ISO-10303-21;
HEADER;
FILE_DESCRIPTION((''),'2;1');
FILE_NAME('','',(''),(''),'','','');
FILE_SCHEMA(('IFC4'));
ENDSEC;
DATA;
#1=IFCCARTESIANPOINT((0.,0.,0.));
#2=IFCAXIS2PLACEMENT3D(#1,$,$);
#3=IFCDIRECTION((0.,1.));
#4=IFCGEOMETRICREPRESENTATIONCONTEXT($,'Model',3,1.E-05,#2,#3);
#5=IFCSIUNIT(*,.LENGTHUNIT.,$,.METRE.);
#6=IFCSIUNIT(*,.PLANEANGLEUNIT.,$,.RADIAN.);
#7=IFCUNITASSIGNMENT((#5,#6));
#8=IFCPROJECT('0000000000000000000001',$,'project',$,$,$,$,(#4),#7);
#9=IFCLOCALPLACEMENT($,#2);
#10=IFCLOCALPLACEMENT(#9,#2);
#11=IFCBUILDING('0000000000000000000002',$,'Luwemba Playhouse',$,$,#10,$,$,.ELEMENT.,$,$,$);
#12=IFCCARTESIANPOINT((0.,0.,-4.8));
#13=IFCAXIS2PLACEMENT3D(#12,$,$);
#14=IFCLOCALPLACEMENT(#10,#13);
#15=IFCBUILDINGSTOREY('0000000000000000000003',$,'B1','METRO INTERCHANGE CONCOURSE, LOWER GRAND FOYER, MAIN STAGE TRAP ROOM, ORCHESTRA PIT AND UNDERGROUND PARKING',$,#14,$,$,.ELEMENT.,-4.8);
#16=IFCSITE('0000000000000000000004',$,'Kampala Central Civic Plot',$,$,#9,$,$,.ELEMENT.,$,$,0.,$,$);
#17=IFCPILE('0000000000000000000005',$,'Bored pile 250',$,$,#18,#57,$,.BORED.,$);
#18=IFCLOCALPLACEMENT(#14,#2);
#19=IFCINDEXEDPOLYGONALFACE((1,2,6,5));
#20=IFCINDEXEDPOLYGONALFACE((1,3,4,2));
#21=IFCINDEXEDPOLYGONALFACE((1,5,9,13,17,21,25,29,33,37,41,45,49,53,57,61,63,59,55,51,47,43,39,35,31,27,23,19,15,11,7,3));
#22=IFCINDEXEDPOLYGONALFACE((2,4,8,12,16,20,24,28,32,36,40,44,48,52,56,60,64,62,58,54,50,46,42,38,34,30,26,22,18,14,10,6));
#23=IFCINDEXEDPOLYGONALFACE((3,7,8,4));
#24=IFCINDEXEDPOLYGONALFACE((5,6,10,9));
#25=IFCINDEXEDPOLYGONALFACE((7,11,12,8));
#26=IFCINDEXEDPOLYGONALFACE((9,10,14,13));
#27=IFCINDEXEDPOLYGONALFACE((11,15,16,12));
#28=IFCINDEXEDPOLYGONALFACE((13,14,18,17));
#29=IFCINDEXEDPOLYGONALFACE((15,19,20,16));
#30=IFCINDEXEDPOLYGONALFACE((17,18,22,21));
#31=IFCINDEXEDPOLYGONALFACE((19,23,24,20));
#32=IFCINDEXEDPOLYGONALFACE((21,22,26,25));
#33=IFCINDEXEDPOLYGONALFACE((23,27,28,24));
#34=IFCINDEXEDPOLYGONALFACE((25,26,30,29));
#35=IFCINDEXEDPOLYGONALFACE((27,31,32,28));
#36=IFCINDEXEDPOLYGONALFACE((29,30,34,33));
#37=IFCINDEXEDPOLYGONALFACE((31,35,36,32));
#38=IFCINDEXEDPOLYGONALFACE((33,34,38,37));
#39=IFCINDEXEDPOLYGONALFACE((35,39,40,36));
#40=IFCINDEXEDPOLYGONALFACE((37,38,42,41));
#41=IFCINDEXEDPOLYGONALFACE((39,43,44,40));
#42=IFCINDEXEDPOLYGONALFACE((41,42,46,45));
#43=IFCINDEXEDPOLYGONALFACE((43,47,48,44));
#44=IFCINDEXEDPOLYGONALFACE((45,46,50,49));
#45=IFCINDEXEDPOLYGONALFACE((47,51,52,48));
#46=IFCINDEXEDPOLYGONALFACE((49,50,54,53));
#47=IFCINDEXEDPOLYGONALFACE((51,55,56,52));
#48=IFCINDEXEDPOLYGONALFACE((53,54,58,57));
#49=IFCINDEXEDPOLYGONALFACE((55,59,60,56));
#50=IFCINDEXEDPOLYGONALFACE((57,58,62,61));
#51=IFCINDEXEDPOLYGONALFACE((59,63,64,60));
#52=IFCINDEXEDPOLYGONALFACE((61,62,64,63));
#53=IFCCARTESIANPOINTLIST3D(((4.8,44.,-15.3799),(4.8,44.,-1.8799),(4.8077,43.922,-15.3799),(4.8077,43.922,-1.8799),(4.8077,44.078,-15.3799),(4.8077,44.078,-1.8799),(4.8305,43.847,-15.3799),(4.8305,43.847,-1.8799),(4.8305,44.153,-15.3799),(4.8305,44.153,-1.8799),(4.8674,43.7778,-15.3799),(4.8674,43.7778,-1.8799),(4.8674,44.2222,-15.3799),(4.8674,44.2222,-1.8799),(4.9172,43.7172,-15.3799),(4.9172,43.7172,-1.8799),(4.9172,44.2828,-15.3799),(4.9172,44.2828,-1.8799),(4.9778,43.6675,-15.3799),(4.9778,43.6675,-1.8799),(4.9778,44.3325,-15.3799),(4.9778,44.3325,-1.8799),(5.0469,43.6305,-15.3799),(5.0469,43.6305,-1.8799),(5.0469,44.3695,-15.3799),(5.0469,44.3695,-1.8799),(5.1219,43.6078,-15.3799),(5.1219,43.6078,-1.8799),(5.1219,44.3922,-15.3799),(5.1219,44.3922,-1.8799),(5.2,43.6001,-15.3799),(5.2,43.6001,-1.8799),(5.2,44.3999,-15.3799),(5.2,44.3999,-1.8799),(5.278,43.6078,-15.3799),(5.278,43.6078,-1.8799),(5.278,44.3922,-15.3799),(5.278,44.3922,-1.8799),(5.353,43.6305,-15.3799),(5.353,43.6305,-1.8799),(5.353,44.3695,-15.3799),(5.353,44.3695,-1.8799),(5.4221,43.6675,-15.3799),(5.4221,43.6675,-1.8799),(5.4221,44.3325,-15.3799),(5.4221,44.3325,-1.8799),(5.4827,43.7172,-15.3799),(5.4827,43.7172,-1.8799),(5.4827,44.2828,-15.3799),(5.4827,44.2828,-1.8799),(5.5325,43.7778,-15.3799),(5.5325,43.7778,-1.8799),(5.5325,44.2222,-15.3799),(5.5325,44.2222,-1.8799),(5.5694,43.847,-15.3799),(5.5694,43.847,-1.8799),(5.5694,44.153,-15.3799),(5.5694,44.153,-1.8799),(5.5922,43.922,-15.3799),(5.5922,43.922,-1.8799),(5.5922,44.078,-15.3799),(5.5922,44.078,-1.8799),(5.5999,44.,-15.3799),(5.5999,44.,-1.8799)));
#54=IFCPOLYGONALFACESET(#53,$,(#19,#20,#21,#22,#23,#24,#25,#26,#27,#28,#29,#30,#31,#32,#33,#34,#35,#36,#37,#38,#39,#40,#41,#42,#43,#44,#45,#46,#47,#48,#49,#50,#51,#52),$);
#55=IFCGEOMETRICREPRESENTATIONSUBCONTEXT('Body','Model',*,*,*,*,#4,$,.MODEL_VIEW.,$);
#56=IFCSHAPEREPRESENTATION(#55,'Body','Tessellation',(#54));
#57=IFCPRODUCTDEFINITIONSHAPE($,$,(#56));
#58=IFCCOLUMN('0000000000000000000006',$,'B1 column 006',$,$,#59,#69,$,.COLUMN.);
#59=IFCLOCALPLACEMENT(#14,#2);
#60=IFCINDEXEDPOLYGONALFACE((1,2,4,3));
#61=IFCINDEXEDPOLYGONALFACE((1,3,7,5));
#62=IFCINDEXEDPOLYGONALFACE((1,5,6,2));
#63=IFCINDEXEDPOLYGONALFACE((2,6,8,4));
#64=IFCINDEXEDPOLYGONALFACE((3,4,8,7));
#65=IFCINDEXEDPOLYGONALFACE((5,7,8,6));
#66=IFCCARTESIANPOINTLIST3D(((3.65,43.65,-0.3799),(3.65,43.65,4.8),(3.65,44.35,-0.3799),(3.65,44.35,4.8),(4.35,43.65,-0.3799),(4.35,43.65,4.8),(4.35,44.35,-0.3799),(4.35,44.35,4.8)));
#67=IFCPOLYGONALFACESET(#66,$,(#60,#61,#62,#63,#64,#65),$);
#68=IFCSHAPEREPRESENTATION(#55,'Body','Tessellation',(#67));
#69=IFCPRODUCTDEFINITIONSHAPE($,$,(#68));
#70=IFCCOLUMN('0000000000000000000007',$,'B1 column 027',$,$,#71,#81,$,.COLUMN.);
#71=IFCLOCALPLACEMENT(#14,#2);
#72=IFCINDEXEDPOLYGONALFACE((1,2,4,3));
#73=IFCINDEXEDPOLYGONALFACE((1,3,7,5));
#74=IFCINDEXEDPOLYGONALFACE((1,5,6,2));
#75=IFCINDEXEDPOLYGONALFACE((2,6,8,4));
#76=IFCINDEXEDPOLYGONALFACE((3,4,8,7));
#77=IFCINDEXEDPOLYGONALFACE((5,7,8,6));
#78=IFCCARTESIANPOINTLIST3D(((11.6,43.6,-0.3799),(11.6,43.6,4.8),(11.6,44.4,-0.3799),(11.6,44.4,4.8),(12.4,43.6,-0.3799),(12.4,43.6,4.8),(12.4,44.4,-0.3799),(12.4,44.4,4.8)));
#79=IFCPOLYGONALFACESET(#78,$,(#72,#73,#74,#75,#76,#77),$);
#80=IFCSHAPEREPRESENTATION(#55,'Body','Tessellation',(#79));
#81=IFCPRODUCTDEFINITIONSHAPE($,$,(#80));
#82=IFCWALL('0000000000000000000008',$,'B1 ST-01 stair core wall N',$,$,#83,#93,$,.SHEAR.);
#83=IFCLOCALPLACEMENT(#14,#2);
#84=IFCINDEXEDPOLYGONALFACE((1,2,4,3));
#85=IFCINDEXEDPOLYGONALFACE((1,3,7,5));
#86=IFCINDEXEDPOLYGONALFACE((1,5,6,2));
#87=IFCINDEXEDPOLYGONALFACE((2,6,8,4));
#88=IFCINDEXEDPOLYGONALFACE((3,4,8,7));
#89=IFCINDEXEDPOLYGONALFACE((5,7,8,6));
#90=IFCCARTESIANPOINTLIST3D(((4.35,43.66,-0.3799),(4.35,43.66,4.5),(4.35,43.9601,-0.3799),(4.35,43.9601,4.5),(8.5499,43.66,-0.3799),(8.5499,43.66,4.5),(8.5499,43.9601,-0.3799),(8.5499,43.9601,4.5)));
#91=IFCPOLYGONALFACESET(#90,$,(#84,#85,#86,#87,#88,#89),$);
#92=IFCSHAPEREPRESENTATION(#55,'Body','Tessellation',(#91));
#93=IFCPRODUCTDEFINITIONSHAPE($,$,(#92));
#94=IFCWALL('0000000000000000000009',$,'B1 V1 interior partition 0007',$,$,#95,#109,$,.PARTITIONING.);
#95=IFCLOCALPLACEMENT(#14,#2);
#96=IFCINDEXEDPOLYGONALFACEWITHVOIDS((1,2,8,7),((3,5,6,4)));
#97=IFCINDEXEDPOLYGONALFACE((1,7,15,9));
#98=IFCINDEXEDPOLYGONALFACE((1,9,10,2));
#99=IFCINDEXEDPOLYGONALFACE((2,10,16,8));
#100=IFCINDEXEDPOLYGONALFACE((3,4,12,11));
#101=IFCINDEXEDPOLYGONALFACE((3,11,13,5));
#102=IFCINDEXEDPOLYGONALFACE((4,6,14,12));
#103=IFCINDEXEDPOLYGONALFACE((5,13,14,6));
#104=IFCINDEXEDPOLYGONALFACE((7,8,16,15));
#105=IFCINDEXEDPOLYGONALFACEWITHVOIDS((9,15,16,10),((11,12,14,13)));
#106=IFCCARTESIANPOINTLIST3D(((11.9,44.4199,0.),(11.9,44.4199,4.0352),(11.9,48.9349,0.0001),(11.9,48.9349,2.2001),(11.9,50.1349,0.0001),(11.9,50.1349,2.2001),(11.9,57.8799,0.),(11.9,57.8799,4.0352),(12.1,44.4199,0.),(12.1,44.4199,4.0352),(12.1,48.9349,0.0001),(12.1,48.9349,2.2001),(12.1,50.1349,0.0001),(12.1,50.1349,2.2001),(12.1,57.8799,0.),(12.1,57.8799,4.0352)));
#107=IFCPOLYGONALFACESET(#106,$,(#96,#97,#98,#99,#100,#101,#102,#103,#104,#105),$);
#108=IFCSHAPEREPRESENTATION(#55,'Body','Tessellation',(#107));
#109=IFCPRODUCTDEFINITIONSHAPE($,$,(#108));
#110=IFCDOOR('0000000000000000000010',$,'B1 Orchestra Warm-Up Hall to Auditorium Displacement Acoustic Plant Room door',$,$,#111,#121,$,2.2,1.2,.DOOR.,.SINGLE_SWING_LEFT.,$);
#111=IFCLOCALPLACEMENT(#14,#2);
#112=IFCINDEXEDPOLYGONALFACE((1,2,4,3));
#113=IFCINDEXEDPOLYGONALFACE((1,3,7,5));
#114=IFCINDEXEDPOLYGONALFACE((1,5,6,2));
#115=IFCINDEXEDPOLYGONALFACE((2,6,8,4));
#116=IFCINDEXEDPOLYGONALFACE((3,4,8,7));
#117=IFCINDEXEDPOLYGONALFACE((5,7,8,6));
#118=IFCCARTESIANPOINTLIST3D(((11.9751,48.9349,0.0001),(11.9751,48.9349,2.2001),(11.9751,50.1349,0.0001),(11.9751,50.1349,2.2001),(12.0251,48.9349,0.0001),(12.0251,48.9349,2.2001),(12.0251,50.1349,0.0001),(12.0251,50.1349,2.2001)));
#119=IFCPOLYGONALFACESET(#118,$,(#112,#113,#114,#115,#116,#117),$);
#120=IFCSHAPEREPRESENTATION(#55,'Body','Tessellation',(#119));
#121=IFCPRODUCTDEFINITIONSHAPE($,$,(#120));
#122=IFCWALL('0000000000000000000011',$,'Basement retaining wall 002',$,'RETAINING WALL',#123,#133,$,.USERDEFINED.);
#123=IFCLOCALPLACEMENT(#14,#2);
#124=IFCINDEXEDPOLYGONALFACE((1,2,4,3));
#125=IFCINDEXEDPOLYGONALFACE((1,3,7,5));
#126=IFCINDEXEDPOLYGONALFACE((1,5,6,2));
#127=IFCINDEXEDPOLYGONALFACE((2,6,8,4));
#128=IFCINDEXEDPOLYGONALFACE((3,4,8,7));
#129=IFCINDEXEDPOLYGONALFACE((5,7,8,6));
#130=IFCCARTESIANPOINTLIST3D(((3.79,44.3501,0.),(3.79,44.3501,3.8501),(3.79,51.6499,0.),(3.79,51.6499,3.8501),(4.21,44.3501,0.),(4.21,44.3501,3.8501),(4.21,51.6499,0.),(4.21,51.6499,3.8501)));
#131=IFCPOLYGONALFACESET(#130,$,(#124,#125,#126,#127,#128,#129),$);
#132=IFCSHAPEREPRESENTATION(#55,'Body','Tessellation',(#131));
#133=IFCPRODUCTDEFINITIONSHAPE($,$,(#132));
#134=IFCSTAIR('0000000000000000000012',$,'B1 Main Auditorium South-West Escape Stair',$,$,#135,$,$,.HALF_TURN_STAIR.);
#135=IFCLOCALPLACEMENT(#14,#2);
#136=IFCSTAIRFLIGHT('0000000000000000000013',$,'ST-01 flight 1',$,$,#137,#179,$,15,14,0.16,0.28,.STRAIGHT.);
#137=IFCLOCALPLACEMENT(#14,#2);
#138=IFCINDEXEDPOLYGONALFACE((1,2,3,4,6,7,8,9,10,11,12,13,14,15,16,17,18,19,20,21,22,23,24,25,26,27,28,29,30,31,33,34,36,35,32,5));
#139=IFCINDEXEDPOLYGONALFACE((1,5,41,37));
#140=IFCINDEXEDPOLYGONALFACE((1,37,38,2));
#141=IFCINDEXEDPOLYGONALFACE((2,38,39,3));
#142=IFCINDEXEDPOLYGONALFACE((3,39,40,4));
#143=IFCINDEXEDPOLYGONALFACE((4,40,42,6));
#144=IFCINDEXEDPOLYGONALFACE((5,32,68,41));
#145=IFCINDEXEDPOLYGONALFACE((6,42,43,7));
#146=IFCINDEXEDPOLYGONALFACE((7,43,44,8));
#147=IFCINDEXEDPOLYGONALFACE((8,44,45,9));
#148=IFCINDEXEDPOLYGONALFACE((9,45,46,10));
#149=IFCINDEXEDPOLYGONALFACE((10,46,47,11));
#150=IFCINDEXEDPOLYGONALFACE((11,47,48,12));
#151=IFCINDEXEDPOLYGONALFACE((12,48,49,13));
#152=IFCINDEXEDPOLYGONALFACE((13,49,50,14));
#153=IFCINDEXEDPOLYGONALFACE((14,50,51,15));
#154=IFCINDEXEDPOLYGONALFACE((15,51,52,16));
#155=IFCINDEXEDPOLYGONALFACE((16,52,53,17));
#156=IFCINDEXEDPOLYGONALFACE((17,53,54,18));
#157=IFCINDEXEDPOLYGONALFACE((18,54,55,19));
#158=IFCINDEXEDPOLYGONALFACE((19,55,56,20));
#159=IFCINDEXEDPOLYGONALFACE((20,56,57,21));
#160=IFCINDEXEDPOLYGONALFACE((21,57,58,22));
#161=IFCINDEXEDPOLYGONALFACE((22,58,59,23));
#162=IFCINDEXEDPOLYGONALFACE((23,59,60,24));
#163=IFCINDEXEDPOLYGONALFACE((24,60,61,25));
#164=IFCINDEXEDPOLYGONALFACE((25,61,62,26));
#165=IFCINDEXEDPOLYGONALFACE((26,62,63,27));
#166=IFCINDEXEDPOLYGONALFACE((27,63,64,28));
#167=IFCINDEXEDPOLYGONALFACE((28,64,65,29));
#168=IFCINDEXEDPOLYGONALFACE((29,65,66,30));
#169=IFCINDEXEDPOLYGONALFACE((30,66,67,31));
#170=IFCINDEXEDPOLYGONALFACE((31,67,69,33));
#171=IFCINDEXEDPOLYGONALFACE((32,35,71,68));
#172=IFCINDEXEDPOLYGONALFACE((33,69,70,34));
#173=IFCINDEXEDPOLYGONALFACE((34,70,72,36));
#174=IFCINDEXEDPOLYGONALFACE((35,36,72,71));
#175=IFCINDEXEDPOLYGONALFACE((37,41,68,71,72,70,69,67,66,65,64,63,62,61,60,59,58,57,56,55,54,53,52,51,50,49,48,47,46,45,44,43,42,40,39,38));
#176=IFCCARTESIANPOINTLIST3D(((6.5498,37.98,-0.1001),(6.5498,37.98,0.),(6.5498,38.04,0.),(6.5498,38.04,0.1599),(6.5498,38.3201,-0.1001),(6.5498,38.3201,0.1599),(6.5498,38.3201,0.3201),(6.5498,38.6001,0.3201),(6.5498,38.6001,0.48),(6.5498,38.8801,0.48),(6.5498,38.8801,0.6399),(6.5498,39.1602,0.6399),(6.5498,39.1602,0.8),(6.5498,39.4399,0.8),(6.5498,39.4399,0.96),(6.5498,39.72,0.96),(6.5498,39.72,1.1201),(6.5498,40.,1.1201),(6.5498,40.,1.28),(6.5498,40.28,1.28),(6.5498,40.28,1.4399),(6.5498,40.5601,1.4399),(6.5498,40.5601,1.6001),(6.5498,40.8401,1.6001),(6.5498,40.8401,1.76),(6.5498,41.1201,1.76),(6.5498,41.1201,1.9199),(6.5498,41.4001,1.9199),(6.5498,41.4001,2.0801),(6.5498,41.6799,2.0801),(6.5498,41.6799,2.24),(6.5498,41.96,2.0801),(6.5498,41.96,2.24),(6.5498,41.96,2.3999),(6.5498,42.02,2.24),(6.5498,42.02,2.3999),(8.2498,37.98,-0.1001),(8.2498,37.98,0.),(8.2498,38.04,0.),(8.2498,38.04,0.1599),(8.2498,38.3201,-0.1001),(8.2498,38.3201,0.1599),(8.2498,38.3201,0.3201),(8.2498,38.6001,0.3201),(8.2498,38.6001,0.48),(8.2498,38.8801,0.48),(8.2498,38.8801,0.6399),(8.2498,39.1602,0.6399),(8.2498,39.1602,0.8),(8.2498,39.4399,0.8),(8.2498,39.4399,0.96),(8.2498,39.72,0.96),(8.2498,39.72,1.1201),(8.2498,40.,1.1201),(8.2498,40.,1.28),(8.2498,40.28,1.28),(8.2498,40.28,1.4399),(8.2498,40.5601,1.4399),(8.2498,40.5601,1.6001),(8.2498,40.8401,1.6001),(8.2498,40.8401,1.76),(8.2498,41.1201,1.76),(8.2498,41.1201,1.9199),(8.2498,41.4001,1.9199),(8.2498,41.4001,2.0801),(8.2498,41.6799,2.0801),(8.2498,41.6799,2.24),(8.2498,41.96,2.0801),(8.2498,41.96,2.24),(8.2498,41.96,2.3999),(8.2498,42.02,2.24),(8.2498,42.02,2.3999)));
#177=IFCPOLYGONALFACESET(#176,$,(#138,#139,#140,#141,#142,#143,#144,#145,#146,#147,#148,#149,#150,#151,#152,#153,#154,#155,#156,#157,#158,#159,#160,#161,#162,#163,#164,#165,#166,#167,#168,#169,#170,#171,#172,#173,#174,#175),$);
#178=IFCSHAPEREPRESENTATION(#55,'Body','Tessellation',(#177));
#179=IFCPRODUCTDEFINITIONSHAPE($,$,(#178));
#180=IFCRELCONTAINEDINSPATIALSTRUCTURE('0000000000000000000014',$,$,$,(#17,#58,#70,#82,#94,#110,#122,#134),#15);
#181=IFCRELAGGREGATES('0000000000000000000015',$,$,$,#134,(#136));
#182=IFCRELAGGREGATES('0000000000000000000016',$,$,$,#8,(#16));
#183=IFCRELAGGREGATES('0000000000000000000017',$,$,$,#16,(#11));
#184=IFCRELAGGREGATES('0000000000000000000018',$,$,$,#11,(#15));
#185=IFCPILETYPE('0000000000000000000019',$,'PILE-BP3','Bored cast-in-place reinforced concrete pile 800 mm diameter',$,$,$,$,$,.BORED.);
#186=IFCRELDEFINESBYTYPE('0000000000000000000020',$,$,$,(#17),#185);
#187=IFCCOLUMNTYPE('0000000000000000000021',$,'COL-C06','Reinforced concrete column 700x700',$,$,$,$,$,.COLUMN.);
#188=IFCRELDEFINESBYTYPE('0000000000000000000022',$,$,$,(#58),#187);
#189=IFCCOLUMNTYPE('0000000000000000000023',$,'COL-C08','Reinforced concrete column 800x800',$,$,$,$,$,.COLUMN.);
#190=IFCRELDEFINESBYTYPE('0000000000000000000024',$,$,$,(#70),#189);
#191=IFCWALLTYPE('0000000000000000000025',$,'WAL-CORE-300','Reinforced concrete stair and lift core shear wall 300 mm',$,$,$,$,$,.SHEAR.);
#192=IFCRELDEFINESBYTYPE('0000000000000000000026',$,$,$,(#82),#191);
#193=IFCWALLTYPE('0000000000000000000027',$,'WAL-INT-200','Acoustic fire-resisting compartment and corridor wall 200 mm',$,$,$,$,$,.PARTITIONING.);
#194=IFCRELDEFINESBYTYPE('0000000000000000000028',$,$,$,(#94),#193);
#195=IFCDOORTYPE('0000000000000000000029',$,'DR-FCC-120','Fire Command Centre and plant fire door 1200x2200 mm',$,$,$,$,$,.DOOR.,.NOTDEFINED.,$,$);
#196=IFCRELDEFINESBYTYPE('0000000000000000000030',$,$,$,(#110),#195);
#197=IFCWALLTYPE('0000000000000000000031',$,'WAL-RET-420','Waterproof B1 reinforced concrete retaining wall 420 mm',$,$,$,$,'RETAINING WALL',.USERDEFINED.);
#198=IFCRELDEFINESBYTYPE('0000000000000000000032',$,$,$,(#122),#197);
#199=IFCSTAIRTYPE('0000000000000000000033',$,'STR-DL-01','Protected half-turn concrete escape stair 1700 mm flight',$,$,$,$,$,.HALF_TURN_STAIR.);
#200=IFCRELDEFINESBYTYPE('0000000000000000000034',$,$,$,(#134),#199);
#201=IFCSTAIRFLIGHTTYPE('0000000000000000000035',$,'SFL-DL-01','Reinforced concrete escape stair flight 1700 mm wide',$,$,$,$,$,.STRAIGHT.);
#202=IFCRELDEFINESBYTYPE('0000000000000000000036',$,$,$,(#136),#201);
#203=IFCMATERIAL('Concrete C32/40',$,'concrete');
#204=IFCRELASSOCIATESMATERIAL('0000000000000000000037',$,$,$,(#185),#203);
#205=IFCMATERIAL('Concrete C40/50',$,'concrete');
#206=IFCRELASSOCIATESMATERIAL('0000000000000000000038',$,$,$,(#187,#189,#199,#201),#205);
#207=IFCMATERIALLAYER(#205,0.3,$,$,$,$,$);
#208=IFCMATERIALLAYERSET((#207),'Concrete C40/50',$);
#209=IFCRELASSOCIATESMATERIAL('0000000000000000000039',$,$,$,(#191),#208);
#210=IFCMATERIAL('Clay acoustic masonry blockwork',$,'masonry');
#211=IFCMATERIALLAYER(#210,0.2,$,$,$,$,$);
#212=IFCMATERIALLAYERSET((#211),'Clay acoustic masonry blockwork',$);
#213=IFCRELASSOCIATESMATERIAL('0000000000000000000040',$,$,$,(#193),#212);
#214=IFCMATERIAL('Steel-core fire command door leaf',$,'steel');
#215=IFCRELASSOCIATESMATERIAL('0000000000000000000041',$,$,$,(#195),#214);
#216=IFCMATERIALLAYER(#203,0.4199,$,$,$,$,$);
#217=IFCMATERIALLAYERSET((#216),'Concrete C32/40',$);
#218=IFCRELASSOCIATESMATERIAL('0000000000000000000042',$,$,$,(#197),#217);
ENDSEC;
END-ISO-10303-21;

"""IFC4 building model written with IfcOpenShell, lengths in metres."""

from ifc_helpers import new_model, si_unit, direction, frame, frame_2d, origin, origin_2d, place, context, subcontext, project, spatial, polyline, rectangle, circle, outline, extrude, material, layer, layer_set, material_profile, profile_set, type_object, element, fill, aggregate, save


model = new_model("IFC4")

# Units and contexts
model_context = context("Model", 3, precision=1e-05, world=origin(), true_north=direction((0.0, 1.0)))
body_context = subcontext(model_context, "Body", "Model", "MODEL_VIEW")
ifc_project = project(units=[si_unit("LENGTHUNIT", "METRE"), si_unit("PLANEANGLEUNIT", "RADIAN")], contexts=[model_context])

# Site, building, storey
site_placement = place(None, origin())
site = spatial("IfcSite", under=ifc_project, at=site_placement, Name="Kampala Central Civic Plot", CompositionType="ELEMENT", RefElevation=0.0)
building_placement = place(site_placement, origin())
building = spatial("IfcBuilding", under=site, at=building_placement, Name="Luwemba Playhouse", CompositionType="ELEMENT")
storey_placement = place(building_placement, frame((0.0, 0.0, -4.8)))
storey = spatial("IfcBuildingStorey", under=building, at=storey_placement, Name="B1", Description="METRO INTERCHANGE CONCOURSE, LOWER GRAND FOYER, MAIN STAGE TRAP ROOM, ORCHESTRA PIT AND UNDERGROUND PARKING", CompositionType="ELEMENT", Elevation=-4.8)

# Shared definitions
ifc_material_1 = material(Name="Concrete C32/40", Category="concrete")

# Pile
ifc_material_profile_1 = material_profile(ifc_material_1, circle(Radius=0.3999, at=origin_2d()))
ifc_profile_set_1 = profile_set([ifc_material_profile_1], Name="Concrete C32/40")
pile_type_1 = type_object("IfcPileType", Name="PILE-BP3", Description="Bored cast-in-place reinforced concrete pile 800 mm diameter", PredefinedType="BORED", material=ifc_profile_set_1)
for number, where, z_axis, x_axis, name in (
    (1, (5.2, 44.0, -1.8799), (0.0, 0.0, -1.0), (1.0, 0.0, 0.0), "Bored pile 250"),
):
    element("IfcPile", number, at=place(storey_placement, frame(where, z_axis=z_axis, x_axis=x_axis)), inside=storey, type_object=pile_type_1, Name=name, PredefinedType="BORED", context=body_context, shape_type="SweptSolid", body=[
        extrude(circle(Radius=0.3999, at=origin_2d()), origin(), (0.0, 0.0, 1.0), 13.5),
    ])

# Columns
ifc_material_2 = material(Name="Concrete C40/50", Category="concrete")
ifc_material_profile_2 = material_profile(ifc_material_2, rectangle(XDim=0.7, YDim=0.7, at=origin_2d()))
ifc_profile_set_2 = profile_set([ifc_material_profile_2], Name="Concrete C40/50")
column_type_1 = type_object("IfcColumnType", Name="COL-C06", Description="Reinforced concrete column 700x700", PredefinedType="COLUMN", material=ifc_profile_set_2)
column_1_placement = place(storey_placement, frame((4.0, 44.0, -0.3799), z_axis=(0.0, 0.0, 1.0), x_axis=(1.0, 0.0, 0.0)))
element("IfcColumn", 2, at=column_1_placement, inside=storey, type_object=column_type_1, Name="B1 column 006", PredefinedType="COLUMN", context=body_context, shape_type="SweptSolid", body=[
    extrude(rectangle(XDim=0.7, YDim=0.7, at=origin_2d()), origin(), (0.0, 0.0, 1.0), 5.1799),
])
ifc_material_profile_3 = material_profile(ifc_material_2, rectangle(XDim=0.8, YDim=0.8, at=origin_2d()))
ifc_profile_set_3 = profile_set([ifc_material_profile_3], Name="Concrete C40/50")
column_type_2 = type_object("IfcColumnType", Name="COL-C08", Description="Reinforced concrete column 800x800", PredefinedType="COLUMN", material=ifc_profile_set_3)
column_2_placement = place(storey_placement, frame((12.0, 44.0, -0.3799), z_axis=(0.0, 0.0, 1.0), x_axis=(1.0, 0.0, 0.0)))
element("IfcColumn", 3, at=column_2_placement, inside=storey, type_object=column_type_2, Name="B1 column 027", PredefinedType="COLUMN", context=body_context, shape_type="SweptSolid", body=[
    extrude(rectangle(XDim=0.8, YDim=0.8, at=origin_2d()), origin(), (0.0, 0.0, 1.0), 5.1799),
])

# Wall
ifc_layer_1 = layer(ifc_material_2, 0.3)
ifc_layer_set_1 = layer_set([ifc_layer_1], Name="Concrete C40/50")
wall_type_1 = type_object("IfcWallType", Name="WAL-CORE-300", Description="Reinforced concrete stair and lift core shear wall 300 mm", PredefinedType="SHEAR", material=ifc_layer_set_1)
wall_1_placement = place(storey_placement, frame((8.55, 43.8101, -0.3799), z_axis=(0.0, 0.0, 1.0), x_axis=(-1.0, 0.0, 0.0)))
element("IfcWall", 4, at=wall_1_placement, inside=storey, type_object=wall_type_1, Name="B1 ST-01 stair core wall N", PredefinedType="SHEAR", context=body_context, shape_type="SweptSolid", body=[
    extrude(rectangle(XDim=4.2, YDim=0.3, at=frame_2d((2.1001, 0.0))), origin(), (0.0, 0.0, 1.0), 4.8799),
])

# Wall, opening, door
ifc_material_3 = material(Name="Clay acoustic masonry blockwork", Category="masonry")
ifc_layer_2 = layer(ifc_material_3, 0.2)
ifc_layer_set_2 = layer_set([ifc_layer_2], Name="Clay acoustic masonry blockwork")
wall_type_2 = type_object("IfcWallType", Name="WAL-INT-200", Description="Acoustic fire-resisting compartment and corridor wall 200 mm", PredefinedType="PARTITIONING", material=ifc_layer_set_2)
wall_2_placement = place(storey_placement, frame((12.0, 44.4199, 0.0), z_axis=(0.0, 0.0, 1.0), x_axis=(0.0, 1.0, 0.0)))
wall_2 = element("IfcWall", 5, at=wall_2_placement, inside=storey, type_object=wall_type_2, Name="B1 V1 interior partition 0007", PredefinedType="PARTITIONING", context=body_context, shape_type="SweptSolid", body=[
    extrude(rectangle(XDim=13.46, YDim=0.2, at=frame_2d((6.73, 0.0))), origin(), (0.0, 0.0, 1.0), 4.0352),
])
opening_placement = place(wall_2_placement, frame((4.5149, 0.0, 0.0)))
opening = element("IfcOpeningElement", 6, at=opening_placement, cuts=wall_2, PredefinedType="OPENING", context=body_context, shape_type="SweptSolid", body=[
    extrude(rectangle(XDim=1.2, YDim=2.2, at=frame_2d((0.6001, 1.1001))), frame((0.0, 0.1099, 0.0), z_axis=(0.0, -1.0, 0.0), x_axis=(1.0, 0.0, 0.0)), (0.0, 0.0, 1.0), 0.22),
])
ifc_material_4 = material(Name="Steel-core fire command door leaf", Category="steel")
door_type = type_object("IfcDoorType", Name="DR-FCC-120", Description="Fire Command Centre and plant fire door 1200x2200 mm", OperationType="NOTDEFINED", PredefinedType="DOOR", material=ifc_material_4)
door_placement = place(opening_placement, origin())
door = element("IfcDoor", 7, at=door_placement, inside=storey, type_object=door_type, Name="B1 Orchestra Warm-Up Hall to Auditorium Displacement Acoustic Plant Room door", OperationType="SINGLE_SWING_LEFT", OverallHeight=2.2, OverallWidth=1.2, PredefinedType="DOOR", context=body_context, shape_type="SweptSolid", body=[
    extrude(rectangle(XDim=1.2, YDim=2.2, at=frame_2d((0.6001, 1.1001))), frame((0.0, 0.0249, 0.0), z_axis=(0.0, -1.0, 0.0), x_axis=(1.0, 0.0, 0.0)), (0.0, 0.0, 1.0), 0.05),
])
fill(opening, door)

# Wall
ifc_layer_3 = layer(ifc_material_1, 0.4199)
ifc_layer_set_3 = layer_set([ifc_layer_3], Name="Concrete C32/40")
wall_type_3 = type_object("IfcWallType", Name="WAL-RET-420", Description="Waterproof B1 reinforced concrete retaining wall 420 mm", ElementType="RETAINING WALL", PredefinedType="USERDEFINED", material=ifc_layer_set_3)
wall_3_placement = place(storey_placement, frame((4.0, 44.3501, 0.0), z_axis=(0.0, 0.0, 1.0), x_axis=(0.0, 1.0, 0.0)))
element("IfcWall", 8, at=wall_3_placement, inside=storey, type_object=wall_type_3, Name="Basement retaining wall 002", ObjectType="RETAINING WALL", PredefinedType="USERDEFINED", context=body_context, shape_type="SweptSolid", body=[
    extrude(rectangle(XDim=7.2998, YDim=0.4199, at=frame_2d((3.6499, 0.0))), origin(), (0.0, 0.0, 1.0), 3.8501),
])

# Stair, stair flight
stair_type = type_object("IfcStairType", Name="STR-DL-01", Description="Protected half-turn concrete escape stair 1700 mm flight", PredefinedType="HALF_TURN_STAIR", material=ifc_material_2)
stair_placement = place(storey_placement, origin())
stair = element("IfcStair", 9, at=stair_placement, inside=storey, type_object=stair_type, Name="B1 Main Auditorium South-West Escape Stair", PredefinedType="HALF_TURN_STAIR")
stair_flight_type = type_object("IfcStairFlightType", Name="SFL-DL-01", Description="Reinforced concrete escape stair flight 1700 mm wide", PredefinedType="STRAIGHT", material=ifc_material_2)
stair_flight_1_placement = place(storey_placement, frame((7.3999, 38.04, 0.0), z_axis=(0.0, 0.0, 1.0), x_axis=(0.0, 1.0, 0.0)))
stair_flight_1 = element("IfcStairFlight", 10, at=stair_flight_1_placement, type_object=stair_flight_type, Name="ST-01 flight 1", NumberOfRisers=15, NumberOfTreads=14, PredefinedType="STRAIGHT", RiserHeight=0.16, TreadLength=0.28, context=body_context, shape_type="SweptSolid", body=[
    extrude(outline(polyline([(-0.0601, -0.1001), (-0.0601, 0.0), (0.0, 0.0), (0.0, 0.1599), (0.28, 0.1599), (0.28, 0.3201), (0.5601, 0.3201), (0.5601, 0.48), (0.8401, 0.48), (0.8401, 0.6399), (1.1201, 0.6399), (1.1201, 0.8), (1.3999, 0.8), (1.3999, 0.96), (1.6799, 0.96), (1.6799, 1.1201), (1.96, 1.1201), (1.96, 1.28), (2.24, 1.28), (2.24, 1.4399), (2.52, 1.4399), (2.52, 1.6001), (2.8, 1.6001), (2.8, 1.76), (3.0801, 1.76), (3.0801, 1.9199), (3.3601, 1.9199), (3.3601, 2.0801), (3.6399, 2.0801), (3.6399, 2.24), (3.9199, 2.24), (3.9199, 2.3999), (3.98, 2.3999), (3.98, 2.24), (3.9199, 2.0801), (0.28, -0.1001), (-0.0601, -0.1001)])), frame((0.0, 0.8501, 0.0), z_axis=(0.0, -1.0, 0.0), x_axis=(1.0, 0.0, 0.0)), (0.0, 0.0, 1.0), 1.7),
])
aggregate(stair, [stair_flight_1])

save(model, "model.ifc")
